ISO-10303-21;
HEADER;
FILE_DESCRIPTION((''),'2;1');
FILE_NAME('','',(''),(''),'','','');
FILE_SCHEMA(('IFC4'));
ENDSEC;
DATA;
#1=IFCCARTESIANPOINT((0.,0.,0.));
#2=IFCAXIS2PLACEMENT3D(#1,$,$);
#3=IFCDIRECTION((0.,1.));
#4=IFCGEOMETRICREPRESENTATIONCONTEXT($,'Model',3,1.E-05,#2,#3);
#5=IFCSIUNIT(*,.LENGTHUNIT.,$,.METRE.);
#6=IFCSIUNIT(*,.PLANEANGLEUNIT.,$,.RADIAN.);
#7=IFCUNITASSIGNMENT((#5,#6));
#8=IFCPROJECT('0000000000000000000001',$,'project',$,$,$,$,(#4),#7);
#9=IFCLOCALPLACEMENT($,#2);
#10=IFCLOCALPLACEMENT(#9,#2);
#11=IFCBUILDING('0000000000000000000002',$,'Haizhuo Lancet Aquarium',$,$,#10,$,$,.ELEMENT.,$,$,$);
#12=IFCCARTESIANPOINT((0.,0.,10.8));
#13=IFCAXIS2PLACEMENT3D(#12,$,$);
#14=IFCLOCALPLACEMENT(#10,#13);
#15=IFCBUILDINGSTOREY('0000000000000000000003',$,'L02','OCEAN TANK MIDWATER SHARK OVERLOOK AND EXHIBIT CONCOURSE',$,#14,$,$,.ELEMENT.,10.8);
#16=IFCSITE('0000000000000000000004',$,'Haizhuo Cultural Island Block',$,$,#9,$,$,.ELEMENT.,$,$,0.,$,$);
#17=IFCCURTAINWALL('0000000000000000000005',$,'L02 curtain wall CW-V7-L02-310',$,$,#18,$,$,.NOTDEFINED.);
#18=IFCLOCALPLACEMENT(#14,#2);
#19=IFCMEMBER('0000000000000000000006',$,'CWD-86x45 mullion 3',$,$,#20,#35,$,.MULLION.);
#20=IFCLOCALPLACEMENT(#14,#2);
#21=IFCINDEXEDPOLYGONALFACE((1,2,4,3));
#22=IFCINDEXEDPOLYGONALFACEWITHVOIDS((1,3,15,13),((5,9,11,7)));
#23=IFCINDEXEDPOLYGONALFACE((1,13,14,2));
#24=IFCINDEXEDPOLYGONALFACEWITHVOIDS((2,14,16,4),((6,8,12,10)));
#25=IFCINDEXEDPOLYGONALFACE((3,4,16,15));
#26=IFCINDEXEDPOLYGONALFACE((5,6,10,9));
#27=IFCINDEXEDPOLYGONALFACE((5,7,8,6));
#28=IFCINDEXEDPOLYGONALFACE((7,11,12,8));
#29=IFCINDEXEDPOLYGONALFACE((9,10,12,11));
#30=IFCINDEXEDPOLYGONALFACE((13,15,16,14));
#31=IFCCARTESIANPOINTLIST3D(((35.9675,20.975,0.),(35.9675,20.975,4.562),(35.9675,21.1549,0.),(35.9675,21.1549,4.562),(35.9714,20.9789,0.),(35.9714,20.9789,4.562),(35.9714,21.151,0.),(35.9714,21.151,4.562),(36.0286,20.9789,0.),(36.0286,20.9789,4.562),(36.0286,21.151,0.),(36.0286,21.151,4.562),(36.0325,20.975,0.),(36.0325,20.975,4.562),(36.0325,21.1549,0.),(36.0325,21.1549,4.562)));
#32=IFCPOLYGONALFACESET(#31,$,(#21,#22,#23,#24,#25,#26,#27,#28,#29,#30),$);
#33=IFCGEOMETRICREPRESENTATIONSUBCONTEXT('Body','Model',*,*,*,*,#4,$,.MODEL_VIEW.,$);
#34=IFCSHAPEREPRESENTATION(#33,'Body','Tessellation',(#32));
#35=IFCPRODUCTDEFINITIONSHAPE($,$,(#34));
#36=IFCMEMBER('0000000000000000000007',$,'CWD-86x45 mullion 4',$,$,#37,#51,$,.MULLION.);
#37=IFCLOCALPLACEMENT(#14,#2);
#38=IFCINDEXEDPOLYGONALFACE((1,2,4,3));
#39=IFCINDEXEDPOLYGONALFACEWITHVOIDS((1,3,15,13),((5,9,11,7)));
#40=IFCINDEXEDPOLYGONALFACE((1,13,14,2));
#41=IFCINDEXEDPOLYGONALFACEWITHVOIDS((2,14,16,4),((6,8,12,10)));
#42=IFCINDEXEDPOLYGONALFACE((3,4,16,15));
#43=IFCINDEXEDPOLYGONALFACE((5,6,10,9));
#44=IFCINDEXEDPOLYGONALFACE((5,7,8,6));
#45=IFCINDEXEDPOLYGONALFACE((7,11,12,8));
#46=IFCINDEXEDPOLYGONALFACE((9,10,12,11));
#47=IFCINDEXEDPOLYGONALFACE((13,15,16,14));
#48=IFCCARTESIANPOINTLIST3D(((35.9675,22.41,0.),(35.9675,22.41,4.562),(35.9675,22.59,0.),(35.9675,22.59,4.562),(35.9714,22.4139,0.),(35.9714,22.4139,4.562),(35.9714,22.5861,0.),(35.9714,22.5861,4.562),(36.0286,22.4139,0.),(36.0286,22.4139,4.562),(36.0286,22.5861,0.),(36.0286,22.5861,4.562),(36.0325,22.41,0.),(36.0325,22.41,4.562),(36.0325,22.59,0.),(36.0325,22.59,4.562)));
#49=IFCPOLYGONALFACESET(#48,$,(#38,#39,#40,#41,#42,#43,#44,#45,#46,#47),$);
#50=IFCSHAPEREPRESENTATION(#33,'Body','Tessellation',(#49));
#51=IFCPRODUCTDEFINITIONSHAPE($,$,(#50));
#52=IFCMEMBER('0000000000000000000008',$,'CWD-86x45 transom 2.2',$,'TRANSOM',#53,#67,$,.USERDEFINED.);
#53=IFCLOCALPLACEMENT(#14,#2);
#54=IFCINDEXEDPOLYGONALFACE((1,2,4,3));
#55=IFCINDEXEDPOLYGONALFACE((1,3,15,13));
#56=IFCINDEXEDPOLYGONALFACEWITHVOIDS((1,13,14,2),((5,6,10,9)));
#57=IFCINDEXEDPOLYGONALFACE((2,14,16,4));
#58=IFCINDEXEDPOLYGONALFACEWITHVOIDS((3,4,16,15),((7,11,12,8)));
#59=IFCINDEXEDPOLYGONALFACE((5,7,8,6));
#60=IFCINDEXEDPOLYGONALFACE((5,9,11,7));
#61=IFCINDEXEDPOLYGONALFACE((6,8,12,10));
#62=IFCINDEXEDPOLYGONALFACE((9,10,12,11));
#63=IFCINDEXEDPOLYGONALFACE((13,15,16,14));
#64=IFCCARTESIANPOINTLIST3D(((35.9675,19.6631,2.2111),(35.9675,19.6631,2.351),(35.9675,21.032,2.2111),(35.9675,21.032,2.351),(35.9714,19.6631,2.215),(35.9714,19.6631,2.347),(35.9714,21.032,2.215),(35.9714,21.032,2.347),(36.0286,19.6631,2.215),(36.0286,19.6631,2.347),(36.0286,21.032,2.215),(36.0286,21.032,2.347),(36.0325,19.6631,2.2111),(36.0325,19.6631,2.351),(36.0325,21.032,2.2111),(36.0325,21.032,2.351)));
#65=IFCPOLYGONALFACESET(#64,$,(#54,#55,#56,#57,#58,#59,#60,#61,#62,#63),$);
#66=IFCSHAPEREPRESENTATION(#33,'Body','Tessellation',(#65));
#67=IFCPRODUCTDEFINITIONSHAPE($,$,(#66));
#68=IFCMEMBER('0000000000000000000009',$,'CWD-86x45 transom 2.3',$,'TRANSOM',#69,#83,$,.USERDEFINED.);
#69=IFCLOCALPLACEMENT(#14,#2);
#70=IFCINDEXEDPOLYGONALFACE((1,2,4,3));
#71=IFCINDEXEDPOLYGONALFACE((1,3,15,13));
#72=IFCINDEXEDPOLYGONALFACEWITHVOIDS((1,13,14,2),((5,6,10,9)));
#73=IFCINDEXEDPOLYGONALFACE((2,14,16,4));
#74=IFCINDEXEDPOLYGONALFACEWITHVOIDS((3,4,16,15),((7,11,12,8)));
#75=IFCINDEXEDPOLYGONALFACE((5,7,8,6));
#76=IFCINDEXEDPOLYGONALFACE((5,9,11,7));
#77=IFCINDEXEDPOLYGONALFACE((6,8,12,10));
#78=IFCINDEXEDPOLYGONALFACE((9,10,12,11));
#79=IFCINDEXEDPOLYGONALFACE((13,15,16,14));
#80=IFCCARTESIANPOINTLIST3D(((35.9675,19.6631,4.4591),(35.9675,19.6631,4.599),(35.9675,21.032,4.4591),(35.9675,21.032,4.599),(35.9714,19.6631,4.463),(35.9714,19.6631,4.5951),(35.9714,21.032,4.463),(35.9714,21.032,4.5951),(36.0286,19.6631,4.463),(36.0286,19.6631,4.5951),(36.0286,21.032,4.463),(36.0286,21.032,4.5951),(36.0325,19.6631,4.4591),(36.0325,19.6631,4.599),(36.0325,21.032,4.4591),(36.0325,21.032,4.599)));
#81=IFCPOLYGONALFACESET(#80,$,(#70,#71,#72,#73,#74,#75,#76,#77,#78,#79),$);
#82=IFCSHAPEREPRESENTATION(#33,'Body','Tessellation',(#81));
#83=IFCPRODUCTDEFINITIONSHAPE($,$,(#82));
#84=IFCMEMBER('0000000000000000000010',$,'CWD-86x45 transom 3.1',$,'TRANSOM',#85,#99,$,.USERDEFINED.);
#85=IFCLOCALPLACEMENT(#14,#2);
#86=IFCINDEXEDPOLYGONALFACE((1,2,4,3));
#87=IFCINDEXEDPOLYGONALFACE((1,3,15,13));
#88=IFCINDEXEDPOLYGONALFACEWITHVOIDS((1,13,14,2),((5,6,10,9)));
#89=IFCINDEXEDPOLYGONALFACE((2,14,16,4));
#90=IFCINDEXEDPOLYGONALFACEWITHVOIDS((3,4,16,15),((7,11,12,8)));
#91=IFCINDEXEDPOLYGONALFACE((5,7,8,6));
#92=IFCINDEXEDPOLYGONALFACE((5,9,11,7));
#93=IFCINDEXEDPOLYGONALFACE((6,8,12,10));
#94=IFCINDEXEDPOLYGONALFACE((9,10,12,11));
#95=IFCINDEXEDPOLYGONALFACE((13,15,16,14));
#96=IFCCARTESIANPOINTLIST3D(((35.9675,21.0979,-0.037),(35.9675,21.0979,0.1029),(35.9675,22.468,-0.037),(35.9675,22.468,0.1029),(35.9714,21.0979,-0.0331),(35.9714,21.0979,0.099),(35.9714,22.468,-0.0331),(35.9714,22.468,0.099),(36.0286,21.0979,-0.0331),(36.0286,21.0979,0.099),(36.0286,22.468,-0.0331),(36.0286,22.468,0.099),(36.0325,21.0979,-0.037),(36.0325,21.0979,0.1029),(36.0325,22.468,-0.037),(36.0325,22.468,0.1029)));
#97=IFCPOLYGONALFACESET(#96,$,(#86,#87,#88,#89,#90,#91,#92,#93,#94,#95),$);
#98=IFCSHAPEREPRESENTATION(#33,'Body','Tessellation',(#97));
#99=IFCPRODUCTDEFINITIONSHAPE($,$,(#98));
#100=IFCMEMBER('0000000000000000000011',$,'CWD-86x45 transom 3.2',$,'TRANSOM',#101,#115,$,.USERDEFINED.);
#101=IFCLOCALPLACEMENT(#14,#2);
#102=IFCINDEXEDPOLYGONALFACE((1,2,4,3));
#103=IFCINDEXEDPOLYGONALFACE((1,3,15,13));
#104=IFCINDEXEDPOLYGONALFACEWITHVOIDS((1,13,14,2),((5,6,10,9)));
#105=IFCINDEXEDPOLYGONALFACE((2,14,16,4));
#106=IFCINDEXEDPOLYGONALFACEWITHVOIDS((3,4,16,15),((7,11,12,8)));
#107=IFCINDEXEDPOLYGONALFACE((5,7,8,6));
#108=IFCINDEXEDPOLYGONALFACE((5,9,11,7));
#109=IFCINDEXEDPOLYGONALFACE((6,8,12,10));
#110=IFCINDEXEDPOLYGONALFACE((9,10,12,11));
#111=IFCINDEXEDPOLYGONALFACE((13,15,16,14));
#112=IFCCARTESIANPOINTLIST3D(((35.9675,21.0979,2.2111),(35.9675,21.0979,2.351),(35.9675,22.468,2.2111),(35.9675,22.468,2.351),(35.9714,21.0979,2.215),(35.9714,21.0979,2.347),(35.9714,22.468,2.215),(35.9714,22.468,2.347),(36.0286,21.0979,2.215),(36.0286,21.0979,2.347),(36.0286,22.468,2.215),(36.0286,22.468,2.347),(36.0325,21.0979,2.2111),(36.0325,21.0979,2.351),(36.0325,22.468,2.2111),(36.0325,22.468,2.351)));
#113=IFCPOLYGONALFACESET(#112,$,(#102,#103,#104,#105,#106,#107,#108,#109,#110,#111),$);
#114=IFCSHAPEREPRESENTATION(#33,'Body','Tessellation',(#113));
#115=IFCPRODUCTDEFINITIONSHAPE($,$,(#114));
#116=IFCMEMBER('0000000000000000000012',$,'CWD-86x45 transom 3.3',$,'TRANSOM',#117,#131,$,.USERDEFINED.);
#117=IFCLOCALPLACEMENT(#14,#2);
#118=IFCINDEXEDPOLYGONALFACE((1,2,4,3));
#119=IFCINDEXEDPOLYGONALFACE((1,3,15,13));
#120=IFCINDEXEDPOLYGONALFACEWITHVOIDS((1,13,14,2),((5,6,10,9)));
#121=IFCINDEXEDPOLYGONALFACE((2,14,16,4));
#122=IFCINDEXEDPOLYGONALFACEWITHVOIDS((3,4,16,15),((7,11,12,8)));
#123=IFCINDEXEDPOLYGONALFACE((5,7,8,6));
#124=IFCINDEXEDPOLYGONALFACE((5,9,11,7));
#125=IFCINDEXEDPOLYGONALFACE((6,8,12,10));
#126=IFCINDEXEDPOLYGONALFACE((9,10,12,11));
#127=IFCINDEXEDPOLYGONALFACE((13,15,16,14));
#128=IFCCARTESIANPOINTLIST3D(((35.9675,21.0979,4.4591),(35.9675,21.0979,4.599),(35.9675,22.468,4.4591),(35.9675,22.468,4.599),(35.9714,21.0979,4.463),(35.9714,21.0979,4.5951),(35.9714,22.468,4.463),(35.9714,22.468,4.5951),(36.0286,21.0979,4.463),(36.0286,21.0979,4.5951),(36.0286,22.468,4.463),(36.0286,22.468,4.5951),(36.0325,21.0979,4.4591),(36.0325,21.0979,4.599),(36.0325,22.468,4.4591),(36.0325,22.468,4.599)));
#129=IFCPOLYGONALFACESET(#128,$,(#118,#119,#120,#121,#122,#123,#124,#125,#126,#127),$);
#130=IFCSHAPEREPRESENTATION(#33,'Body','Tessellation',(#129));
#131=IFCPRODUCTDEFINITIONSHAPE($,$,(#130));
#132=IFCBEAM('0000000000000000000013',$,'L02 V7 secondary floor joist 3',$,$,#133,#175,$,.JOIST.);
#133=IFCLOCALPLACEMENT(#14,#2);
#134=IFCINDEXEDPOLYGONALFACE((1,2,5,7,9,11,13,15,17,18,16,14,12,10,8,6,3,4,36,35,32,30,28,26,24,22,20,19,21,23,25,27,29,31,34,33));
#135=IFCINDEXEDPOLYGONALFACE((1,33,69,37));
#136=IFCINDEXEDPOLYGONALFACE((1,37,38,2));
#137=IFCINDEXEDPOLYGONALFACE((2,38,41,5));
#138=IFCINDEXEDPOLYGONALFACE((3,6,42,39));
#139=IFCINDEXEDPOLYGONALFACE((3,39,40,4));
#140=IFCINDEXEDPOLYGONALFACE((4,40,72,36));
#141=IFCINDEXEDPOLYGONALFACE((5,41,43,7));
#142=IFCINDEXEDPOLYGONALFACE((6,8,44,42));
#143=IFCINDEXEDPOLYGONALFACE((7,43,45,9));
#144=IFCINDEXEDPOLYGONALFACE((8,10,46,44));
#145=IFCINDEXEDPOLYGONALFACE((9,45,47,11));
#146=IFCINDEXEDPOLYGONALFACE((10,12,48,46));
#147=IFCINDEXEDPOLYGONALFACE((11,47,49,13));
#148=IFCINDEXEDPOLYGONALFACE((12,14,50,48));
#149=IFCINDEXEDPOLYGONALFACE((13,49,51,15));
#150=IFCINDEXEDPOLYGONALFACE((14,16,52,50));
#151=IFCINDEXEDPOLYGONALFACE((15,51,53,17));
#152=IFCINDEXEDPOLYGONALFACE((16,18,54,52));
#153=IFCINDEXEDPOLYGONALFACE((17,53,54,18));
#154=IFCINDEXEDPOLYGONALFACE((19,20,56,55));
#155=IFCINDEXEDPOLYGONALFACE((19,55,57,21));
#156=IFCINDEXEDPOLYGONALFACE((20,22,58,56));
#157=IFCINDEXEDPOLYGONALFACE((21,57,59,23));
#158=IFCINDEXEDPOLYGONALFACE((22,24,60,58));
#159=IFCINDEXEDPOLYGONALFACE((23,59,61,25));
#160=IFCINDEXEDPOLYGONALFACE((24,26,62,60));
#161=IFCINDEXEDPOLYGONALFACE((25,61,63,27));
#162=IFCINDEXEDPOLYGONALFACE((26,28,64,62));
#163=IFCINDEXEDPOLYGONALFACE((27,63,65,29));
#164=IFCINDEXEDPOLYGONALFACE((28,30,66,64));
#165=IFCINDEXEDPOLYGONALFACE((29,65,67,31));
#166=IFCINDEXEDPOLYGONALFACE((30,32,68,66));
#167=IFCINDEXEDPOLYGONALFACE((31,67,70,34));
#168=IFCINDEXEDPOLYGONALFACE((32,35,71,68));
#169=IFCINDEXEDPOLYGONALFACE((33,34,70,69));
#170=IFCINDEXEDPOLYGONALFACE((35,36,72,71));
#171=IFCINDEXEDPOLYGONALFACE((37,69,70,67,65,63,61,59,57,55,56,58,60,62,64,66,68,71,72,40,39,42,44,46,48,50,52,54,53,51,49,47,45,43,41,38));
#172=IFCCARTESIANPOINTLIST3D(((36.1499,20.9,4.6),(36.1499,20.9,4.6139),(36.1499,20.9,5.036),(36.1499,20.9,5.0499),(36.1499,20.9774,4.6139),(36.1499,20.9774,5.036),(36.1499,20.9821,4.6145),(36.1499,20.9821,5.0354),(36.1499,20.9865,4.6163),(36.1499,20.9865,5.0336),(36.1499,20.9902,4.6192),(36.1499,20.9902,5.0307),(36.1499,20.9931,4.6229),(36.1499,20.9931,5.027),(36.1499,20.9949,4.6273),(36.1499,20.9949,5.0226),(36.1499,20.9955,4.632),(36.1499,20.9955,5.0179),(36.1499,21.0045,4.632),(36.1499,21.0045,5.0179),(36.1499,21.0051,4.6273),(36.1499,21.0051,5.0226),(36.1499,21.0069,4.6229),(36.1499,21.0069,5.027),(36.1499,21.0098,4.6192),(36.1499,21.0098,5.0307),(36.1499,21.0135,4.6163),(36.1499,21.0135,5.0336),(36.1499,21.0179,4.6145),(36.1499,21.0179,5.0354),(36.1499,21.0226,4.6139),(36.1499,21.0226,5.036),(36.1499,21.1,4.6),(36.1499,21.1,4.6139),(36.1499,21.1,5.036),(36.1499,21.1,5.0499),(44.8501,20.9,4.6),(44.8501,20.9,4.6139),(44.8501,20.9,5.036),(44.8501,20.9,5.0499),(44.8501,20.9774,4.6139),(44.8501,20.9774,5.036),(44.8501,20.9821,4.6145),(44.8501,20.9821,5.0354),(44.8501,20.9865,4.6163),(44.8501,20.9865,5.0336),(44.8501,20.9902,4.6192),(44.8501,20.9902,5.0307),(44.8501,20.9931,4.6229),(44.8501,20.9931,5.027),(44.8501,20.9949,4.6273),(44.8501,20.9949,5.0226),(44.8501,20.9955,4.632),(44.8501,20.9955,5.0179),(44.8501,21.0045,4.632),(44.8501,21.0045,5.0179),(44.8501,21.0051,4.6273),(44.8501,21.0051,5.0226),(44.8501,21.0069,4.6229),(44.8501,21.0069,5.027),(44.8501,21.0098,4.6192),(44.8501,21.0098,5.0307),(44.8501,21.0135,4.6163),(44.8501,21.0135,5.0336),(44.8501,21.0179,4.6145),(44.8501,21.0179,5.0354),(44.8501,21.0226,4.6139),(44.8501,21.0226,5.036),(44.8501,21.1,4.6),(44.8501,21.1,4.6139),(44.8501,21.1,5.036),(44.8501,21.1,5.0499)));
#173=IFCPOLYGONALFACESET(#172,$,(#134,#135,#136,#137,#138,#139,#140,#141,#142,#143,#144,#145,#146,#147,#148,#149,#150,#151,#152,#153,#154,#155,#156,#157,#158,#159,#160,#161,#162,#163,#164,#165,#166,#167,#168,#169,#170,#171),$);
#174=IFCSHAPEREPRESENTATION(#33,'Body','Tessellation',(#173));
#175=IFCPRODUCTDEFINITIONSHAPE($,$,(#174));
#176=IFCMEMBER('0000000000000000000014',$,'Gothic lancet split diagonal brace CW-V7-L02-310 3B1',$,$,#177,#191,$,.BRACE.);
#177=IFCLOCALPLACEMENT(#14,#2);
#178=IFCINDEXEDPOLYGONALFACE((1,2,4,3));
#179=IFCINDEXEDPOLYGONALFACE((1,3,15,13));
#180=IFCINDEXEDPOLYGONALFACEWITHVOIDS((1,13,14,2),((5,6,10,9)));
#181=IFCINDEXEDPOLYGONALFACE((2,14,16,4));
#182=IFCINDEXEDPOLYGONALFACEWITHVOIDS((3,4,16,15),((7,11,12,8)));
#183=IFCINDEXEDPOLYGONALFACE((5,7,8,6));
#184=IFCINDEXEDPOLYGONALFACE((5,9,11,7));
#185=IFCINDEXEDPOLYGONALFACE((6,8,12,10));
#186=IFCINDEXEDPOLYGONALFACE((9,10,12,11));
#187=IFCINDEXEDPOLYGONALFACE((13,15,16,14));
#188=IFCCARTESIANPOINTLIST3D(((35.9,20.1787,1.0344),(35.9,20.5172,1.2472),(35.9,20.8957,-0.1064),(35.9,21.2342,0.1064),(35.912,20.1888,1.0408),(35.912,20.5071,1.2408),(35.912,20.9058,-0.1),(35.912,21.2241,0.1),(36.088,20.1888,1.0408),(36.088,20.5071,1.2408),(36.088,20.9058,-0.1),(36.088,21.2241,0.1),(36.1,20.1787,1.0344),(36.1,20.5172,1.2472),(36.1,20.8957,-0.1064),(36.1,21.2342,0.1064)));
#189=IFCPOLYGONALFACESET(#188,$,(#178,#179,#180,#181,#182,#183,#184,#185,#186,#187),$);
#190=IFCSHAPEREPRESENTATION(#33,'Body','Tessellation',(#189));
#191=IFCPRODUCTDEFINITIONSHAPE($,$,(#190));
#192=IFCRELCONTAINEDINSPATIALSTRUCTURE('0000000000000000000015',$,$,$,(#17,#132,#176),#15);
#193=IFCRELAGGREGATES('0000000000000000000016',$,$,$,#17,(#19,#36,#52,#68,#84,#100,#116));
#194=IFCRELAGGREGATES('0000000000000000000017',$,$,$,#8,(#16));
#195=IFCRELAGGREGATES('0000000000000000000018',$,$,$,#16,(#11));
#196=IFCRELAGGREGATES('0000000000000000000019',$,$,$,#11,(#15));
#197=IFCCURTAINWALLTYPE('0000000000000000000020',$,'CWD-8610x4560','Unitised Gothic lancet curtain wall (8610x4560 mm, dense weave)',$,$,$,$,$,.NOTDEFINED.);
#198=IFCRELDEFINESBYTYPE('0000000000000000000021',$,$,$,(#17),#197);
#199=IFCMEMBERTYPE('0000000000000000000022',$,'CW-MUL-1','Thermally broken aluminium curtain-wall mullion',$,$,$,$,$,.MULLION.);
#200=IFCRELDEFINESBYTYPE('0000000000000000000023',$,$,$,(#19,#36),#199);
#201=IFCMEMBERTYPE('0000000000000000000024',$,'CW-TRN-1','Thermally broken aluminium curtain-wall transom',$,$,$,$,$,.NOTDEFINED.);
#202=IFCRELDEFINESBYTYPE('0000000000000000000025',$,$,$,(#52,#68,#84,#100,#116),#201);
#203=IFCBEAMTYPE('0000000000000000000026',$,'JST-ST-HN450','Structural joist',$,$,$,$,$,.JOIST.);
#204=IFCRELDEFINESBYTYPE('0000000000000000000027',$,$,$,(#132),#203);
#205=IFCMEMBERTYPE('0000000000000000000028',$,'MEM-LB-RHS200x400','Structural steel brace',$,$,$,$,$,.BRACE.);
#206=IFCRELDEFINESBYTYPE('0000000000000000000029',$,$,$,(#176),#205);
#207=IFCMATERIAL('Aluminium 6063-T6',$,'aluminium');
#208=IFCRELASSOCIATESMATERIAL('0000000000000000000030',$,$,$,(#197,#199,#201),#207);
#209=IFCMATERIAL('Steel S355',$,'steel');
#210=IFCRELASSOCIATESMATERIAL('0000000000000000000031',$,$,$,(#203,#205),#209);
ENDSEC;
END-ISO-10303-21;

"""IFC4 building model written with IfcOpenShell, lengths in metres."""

from ifc_helpers import new_model, si_unit, direction, frame, origin, origin_2d, place, context, subcontext, project, spatial, hollow_rectangle, i_section, extrude, material, material_profile, profile_set, type_object, element, aggregate, save


model = new_model("IFC4")

# Units and contexts
model_context = context("Model", 3, precision=1e-05, world=origin(), true_north=direction((0.0, 1.0)))
body_context = subcontext(model_context, "Body", "Model", "MODEL_VIEW")
ifc_project = project(units=[si_unit("LENGTHUNIT", "METRE"), si_unit("PLANEANGLEUNIT", "RADIAN")], contexts=[model_context])

# Site, building, storey
site_placement = place(None, origin())
site = spatial("IfcSite", under=ifc_project, at=site_placement, Name="Haizhuo Cultural Island Block", CompositionType="ELEMENT", RefElevation=0.0)
building_placement = place(site_placement, origin())
building = spatial("IfcBuilding", under=site, at=building_placement, Name="Haizhuo Lancet Aquarium", CompositionType="ELEMENT")
storey_placement = place(building_placement, frame((0.0, 0.0, 10.8)))
storey = spatial("IfcBuildingStorey", under=building, at=storey_placement, Name="L02", Description="OCEAN TANK MIDWATER SHARK OVERLOOK AND EXHIBIT CONCOURSE", CompositionType="ELEMENT", Elevation=10.8)

# Curtain wall, members
ifc_material_1 = material(Name="Aluminium 6063-T6", Category="aluminium")
curtain_wall_type = type_object("IfcCurtainWallType", Name="CWD-8610x4560", Description="Unitised Gothic lancet curtain wall (8610x4560 mm, dense weave)", PredefinedType="NOTDEFINED", material=ifc_material_1)
curtain_wall_placement = place(storey_placement, origin())
curtain_wall = element("IfcCurtainWall", 1, at=curtain_wall_placement, inside=storey, type_object=curtain_wall_type, Name="L02 curtain wall CW-V7-L02-310", PredefinedType="NOTDEFINED")
ifc_material_profile_1 = material_profile(ifc_material_1, hollow_rectangle(XDim=0.0649, YDim=0.1799, WallThickness=0.0039, at=origin_2d()), Name="ALU-M 65x180x4")
ifc_profile_set_1 = profile_set([ifc_material_profile_1], Name="Aluminium 6063-T6")
member_type_1 = type_object("IfcMemberType", Name="CW-MUL-1", Description="Thermally broken aluminium curtain-wall mullion", PredefinedType="MULLION", material=ifc_profile_set_1)
member_1_placement = place(storey_placement, frame((36.0, 21.0649, 0.0), z_axis=(0.0, 0.0, 1.0), x_axis=(-1.0, 0.0, 0.0)))
member_1 = element("IfcMember", 2, at=member_1_placement, type_object=member_type_1, Name="CWD-86x45 mullion 3", PredefinedType="MULLION", context=body_context, shape_type="SweptSolid", body=[
    extrude(hollow_rectangle(XDim=0.0649, YDim=0.1799, WallThickness=0.0039, at=origin_2d()), origin(), (0.0, 0.0, 1.0), 4.562),
])
member_2_placement = place(storey_placement, frame((36.0, 22.5, 0.0), z_axis=(0.0, 0.0, 1.0), x_axis=(-1.0, 0.0, 0.0)))
member_2 = element("IfcMember", 3, at=member_2_placement, type_object=member_type_1, Name="CWD-86x45 mullion 4", PredefinedType="MULLION", context=body_context, shape_type="SweptSolid", body=[
    extrude(hollow_rectangle(XDim=0.0649, YDim=0.1799, WallThickness=0.0039, at=origin_2d()), origin(), (0.0, 0.0, 1.0), 4.562),
])
ifc_material_profile_2 = material_profile(ifc_material_1, hollow_rectangle(XDim=0.0649, YDim=0.1399, WallThickness=0.0039, at=origin_2d()), Name="ALU-T 65x140x4")
ifc_profile_set_2 = profile_set([ifc_material_profile_2], Name="Aluminium 6063-T6")
member_type_2 = type_object("IfcMemberType", Name="CW-TRN-1", Description="Thermally broken aluminium curtain-wall transom", PredefinedType="NOTDEFINED", material=ifc_profile_set_2)
member_3_placement = place(storey_placement, frame((36.0, 19.6631, 2.281), z_axis=(0.0, 1.0, 0.0), x_axis=(-1.0, 0.0, 0.0)))
member_3 = element("IfcMember", 4, at=member_3_placement, type_object=member_type_2, Name="CWD-86x45 transom 2.2", ObjectType="TRANSOM", PredefinedType="USERDEFINED", context=body_context, shape_type="SweptSolid", body=[
    extrude(hollow_rectangle(XDim=0.0649, YDim=0.1399, WallThickness=0.0039, at=origin_2d()), origin(), (0.0, 0.0, 1.0), 1.3689),
])
member_4_placement = place(storey_placement, frame((36.0, 19.6631, 4.5291), z_axis=(0.0, 1.0, 0.0), x_axis=(-1.0, 0.0, 0.0)))
member_4 = element("IfcMember", 5, at=member_4_placement, type_object=member_type_2, Name="CWD-86x45 transom 2.3", ObjectType="TRANSOM", PredefinedType="USERDEFINED", context=body_context, shape_type="SweptSolid", body=[
    extrude(hollow_rectangle(XDim=0.0649, YDim=0.1399, WallThickness=0.0039, at=origin_2d()), origin(), (0.0, 0.0, 1.0), 1.3689),
])
member_5_placement = place(storey_placement, frame((36.0, 21.0979, 0.033), z_axis=(0.0, 1.0, 0.0), x_axis=(-1.0, 0.0, 0.0)))
member_5 = element("IfcMember", 6, at=member_5_placement, type_object=member_type_2, Name="CWD-86x45 transom 3.1", ObjectType="TRANSOM", PredefinedType="USERDEFINED", context=body_context, shape_type="SweptSolid", body=[
    extrude(hollow_rectangle(XDim=0.0649, YDim=0.1399, WallThickness=0.0039, at=origin_2d()), origin(), (0.0, 0.0, 1.0), 1.3701),
])
member_6_placement = place(storey_placement, frame((36.0, 21.0979, 2.281), z_axis=(0.0, 1.0, 0.0), x_axis=(-1.0, 0.0, 0.0)))
member_6 = element("IfcMember", 7, at=member_6_placement, type_object=member_type_2, Name="CWD-86x45 transom 3.2", ObjectType="TRANSOM", PredefinedType="USERDEFINED", context=body_context, shape_type="SweptSolid", body=[
    extrude(hollow_rectangle(XDim=0.0649, YDim=0.1399, WallThickness=0.0039, at=origin_2d()), origin(), (0.0, 0.0, 1.0), 1.3701),
])
member_7_placement = place(storey_placement, frame((36.0, 21.0979, 4.5291), z_axis=(0.0, 1.0, 0.0), x_axis=(-1.0, 0.0, 0.0)))
member_7 = element("IfcMember", 8, at=member_7_placement, type_object=member_type_2, Name="CWD-86x45 transom 3.3", ObjectType="TRANSOM", PredefinedType="USERDEFINED", context=body_context, shape_type="SweptSolid", body=[
    extrude(hollow_rectangle(XDim=0.0649, YDim=0.1399, WallThickness=0.0039, at=origin_2d()), origin(), (0.0, 0.0, 1.0), 1.3701),
])

# Beam
ifc_material_2 = material(Name="Steel S355", Category="steel")
ifc_material_profile_3 = material_profile(ifc_material_2, i_section(OverallWidth=0.2, OverallDepth=0.45, WebThickness=0.009, FlangeThickness=0.0139, FilletRadius=0.0181, at=origin_2d()), Name="HN 450x200x9x14")
ifc_profile_set_3 = profile_set([ifc_material_profile_3], Name="Steel S355")
beam_type = type_object("IfcBeamType", Name="JST-ST-HN450", Description="Structural joist", PredefinedType="JOIST", material=ifc_profile_set_3)
beam_placement = place(storey_placement, frame((36.1499, 21.0, 4.825), z_axis=(1.0, 0.0, 0.0), x_axis=(0.0, 1.0, 0.0)))
element("IfcBeam", 9, at=beam_placement, inside=storey, type_object=beam_type, Name="L02 V7 secondary floor joist 3", PredefinedType="JOIST", context=body_context, shape_type="SweptSolid", body=[
    extrude(i_section(OverallWidth=0.2, OverallDepth=0.45, WebThickness=0.009, FlangeThickness=0.0139, FilletRadius=0.0181, at=origin_2d()), origin(), (0.0, 0.0, 1.0), 8.7002),
])

# Member
ifc_material_profile_4 = material_profile(ifc_material_2, hollow_rectangle(XDim=0.2, YDim=0.3999, WallThickness=0.012, at=origin_2d()), Name="RHS 200x400x12")
ifc_profile_set_4 = profile_set([ifc_material_profile_4], Name="Steel S355")
member_type_3 = type_object("IfcMemberType", Name="MEM-LB-RHS200x400", Description="Structural steel brace", PredefinedType="BRACE", material=ifc_profile_set_4)
for number, where, z_axis, x_axis, name in (
    (10, (36.0, 21.0649, 0.0), (0.0, -0.532131, 0.846662), (1.0, 0.0, 0.0), "Gothic lancet split diagonal brace CW-V7-L02-310 3B1"),
):
    element("IfcMember", number, at=place(storey_placement, frame(where, z_axis=z_axis, x_axis=x_axis)), inside=storey, type_object=member_type_3, Name=name, PredefinedType="BRACE", context=body_context, shape_type="SweptSolid", body=[
        extrude(hollow_rectangle(XDim=0.2, YDim=0.3999, WallThickness=0.012, at=origin_2d()), origin(), (0.0, 0.0, 1.0), 1.3474),
    ])

aggregate(curtain_wall, [member_1, member_2, member_3, member_4, member_5, member_6, member_7])

save(model, "model.ifc")
